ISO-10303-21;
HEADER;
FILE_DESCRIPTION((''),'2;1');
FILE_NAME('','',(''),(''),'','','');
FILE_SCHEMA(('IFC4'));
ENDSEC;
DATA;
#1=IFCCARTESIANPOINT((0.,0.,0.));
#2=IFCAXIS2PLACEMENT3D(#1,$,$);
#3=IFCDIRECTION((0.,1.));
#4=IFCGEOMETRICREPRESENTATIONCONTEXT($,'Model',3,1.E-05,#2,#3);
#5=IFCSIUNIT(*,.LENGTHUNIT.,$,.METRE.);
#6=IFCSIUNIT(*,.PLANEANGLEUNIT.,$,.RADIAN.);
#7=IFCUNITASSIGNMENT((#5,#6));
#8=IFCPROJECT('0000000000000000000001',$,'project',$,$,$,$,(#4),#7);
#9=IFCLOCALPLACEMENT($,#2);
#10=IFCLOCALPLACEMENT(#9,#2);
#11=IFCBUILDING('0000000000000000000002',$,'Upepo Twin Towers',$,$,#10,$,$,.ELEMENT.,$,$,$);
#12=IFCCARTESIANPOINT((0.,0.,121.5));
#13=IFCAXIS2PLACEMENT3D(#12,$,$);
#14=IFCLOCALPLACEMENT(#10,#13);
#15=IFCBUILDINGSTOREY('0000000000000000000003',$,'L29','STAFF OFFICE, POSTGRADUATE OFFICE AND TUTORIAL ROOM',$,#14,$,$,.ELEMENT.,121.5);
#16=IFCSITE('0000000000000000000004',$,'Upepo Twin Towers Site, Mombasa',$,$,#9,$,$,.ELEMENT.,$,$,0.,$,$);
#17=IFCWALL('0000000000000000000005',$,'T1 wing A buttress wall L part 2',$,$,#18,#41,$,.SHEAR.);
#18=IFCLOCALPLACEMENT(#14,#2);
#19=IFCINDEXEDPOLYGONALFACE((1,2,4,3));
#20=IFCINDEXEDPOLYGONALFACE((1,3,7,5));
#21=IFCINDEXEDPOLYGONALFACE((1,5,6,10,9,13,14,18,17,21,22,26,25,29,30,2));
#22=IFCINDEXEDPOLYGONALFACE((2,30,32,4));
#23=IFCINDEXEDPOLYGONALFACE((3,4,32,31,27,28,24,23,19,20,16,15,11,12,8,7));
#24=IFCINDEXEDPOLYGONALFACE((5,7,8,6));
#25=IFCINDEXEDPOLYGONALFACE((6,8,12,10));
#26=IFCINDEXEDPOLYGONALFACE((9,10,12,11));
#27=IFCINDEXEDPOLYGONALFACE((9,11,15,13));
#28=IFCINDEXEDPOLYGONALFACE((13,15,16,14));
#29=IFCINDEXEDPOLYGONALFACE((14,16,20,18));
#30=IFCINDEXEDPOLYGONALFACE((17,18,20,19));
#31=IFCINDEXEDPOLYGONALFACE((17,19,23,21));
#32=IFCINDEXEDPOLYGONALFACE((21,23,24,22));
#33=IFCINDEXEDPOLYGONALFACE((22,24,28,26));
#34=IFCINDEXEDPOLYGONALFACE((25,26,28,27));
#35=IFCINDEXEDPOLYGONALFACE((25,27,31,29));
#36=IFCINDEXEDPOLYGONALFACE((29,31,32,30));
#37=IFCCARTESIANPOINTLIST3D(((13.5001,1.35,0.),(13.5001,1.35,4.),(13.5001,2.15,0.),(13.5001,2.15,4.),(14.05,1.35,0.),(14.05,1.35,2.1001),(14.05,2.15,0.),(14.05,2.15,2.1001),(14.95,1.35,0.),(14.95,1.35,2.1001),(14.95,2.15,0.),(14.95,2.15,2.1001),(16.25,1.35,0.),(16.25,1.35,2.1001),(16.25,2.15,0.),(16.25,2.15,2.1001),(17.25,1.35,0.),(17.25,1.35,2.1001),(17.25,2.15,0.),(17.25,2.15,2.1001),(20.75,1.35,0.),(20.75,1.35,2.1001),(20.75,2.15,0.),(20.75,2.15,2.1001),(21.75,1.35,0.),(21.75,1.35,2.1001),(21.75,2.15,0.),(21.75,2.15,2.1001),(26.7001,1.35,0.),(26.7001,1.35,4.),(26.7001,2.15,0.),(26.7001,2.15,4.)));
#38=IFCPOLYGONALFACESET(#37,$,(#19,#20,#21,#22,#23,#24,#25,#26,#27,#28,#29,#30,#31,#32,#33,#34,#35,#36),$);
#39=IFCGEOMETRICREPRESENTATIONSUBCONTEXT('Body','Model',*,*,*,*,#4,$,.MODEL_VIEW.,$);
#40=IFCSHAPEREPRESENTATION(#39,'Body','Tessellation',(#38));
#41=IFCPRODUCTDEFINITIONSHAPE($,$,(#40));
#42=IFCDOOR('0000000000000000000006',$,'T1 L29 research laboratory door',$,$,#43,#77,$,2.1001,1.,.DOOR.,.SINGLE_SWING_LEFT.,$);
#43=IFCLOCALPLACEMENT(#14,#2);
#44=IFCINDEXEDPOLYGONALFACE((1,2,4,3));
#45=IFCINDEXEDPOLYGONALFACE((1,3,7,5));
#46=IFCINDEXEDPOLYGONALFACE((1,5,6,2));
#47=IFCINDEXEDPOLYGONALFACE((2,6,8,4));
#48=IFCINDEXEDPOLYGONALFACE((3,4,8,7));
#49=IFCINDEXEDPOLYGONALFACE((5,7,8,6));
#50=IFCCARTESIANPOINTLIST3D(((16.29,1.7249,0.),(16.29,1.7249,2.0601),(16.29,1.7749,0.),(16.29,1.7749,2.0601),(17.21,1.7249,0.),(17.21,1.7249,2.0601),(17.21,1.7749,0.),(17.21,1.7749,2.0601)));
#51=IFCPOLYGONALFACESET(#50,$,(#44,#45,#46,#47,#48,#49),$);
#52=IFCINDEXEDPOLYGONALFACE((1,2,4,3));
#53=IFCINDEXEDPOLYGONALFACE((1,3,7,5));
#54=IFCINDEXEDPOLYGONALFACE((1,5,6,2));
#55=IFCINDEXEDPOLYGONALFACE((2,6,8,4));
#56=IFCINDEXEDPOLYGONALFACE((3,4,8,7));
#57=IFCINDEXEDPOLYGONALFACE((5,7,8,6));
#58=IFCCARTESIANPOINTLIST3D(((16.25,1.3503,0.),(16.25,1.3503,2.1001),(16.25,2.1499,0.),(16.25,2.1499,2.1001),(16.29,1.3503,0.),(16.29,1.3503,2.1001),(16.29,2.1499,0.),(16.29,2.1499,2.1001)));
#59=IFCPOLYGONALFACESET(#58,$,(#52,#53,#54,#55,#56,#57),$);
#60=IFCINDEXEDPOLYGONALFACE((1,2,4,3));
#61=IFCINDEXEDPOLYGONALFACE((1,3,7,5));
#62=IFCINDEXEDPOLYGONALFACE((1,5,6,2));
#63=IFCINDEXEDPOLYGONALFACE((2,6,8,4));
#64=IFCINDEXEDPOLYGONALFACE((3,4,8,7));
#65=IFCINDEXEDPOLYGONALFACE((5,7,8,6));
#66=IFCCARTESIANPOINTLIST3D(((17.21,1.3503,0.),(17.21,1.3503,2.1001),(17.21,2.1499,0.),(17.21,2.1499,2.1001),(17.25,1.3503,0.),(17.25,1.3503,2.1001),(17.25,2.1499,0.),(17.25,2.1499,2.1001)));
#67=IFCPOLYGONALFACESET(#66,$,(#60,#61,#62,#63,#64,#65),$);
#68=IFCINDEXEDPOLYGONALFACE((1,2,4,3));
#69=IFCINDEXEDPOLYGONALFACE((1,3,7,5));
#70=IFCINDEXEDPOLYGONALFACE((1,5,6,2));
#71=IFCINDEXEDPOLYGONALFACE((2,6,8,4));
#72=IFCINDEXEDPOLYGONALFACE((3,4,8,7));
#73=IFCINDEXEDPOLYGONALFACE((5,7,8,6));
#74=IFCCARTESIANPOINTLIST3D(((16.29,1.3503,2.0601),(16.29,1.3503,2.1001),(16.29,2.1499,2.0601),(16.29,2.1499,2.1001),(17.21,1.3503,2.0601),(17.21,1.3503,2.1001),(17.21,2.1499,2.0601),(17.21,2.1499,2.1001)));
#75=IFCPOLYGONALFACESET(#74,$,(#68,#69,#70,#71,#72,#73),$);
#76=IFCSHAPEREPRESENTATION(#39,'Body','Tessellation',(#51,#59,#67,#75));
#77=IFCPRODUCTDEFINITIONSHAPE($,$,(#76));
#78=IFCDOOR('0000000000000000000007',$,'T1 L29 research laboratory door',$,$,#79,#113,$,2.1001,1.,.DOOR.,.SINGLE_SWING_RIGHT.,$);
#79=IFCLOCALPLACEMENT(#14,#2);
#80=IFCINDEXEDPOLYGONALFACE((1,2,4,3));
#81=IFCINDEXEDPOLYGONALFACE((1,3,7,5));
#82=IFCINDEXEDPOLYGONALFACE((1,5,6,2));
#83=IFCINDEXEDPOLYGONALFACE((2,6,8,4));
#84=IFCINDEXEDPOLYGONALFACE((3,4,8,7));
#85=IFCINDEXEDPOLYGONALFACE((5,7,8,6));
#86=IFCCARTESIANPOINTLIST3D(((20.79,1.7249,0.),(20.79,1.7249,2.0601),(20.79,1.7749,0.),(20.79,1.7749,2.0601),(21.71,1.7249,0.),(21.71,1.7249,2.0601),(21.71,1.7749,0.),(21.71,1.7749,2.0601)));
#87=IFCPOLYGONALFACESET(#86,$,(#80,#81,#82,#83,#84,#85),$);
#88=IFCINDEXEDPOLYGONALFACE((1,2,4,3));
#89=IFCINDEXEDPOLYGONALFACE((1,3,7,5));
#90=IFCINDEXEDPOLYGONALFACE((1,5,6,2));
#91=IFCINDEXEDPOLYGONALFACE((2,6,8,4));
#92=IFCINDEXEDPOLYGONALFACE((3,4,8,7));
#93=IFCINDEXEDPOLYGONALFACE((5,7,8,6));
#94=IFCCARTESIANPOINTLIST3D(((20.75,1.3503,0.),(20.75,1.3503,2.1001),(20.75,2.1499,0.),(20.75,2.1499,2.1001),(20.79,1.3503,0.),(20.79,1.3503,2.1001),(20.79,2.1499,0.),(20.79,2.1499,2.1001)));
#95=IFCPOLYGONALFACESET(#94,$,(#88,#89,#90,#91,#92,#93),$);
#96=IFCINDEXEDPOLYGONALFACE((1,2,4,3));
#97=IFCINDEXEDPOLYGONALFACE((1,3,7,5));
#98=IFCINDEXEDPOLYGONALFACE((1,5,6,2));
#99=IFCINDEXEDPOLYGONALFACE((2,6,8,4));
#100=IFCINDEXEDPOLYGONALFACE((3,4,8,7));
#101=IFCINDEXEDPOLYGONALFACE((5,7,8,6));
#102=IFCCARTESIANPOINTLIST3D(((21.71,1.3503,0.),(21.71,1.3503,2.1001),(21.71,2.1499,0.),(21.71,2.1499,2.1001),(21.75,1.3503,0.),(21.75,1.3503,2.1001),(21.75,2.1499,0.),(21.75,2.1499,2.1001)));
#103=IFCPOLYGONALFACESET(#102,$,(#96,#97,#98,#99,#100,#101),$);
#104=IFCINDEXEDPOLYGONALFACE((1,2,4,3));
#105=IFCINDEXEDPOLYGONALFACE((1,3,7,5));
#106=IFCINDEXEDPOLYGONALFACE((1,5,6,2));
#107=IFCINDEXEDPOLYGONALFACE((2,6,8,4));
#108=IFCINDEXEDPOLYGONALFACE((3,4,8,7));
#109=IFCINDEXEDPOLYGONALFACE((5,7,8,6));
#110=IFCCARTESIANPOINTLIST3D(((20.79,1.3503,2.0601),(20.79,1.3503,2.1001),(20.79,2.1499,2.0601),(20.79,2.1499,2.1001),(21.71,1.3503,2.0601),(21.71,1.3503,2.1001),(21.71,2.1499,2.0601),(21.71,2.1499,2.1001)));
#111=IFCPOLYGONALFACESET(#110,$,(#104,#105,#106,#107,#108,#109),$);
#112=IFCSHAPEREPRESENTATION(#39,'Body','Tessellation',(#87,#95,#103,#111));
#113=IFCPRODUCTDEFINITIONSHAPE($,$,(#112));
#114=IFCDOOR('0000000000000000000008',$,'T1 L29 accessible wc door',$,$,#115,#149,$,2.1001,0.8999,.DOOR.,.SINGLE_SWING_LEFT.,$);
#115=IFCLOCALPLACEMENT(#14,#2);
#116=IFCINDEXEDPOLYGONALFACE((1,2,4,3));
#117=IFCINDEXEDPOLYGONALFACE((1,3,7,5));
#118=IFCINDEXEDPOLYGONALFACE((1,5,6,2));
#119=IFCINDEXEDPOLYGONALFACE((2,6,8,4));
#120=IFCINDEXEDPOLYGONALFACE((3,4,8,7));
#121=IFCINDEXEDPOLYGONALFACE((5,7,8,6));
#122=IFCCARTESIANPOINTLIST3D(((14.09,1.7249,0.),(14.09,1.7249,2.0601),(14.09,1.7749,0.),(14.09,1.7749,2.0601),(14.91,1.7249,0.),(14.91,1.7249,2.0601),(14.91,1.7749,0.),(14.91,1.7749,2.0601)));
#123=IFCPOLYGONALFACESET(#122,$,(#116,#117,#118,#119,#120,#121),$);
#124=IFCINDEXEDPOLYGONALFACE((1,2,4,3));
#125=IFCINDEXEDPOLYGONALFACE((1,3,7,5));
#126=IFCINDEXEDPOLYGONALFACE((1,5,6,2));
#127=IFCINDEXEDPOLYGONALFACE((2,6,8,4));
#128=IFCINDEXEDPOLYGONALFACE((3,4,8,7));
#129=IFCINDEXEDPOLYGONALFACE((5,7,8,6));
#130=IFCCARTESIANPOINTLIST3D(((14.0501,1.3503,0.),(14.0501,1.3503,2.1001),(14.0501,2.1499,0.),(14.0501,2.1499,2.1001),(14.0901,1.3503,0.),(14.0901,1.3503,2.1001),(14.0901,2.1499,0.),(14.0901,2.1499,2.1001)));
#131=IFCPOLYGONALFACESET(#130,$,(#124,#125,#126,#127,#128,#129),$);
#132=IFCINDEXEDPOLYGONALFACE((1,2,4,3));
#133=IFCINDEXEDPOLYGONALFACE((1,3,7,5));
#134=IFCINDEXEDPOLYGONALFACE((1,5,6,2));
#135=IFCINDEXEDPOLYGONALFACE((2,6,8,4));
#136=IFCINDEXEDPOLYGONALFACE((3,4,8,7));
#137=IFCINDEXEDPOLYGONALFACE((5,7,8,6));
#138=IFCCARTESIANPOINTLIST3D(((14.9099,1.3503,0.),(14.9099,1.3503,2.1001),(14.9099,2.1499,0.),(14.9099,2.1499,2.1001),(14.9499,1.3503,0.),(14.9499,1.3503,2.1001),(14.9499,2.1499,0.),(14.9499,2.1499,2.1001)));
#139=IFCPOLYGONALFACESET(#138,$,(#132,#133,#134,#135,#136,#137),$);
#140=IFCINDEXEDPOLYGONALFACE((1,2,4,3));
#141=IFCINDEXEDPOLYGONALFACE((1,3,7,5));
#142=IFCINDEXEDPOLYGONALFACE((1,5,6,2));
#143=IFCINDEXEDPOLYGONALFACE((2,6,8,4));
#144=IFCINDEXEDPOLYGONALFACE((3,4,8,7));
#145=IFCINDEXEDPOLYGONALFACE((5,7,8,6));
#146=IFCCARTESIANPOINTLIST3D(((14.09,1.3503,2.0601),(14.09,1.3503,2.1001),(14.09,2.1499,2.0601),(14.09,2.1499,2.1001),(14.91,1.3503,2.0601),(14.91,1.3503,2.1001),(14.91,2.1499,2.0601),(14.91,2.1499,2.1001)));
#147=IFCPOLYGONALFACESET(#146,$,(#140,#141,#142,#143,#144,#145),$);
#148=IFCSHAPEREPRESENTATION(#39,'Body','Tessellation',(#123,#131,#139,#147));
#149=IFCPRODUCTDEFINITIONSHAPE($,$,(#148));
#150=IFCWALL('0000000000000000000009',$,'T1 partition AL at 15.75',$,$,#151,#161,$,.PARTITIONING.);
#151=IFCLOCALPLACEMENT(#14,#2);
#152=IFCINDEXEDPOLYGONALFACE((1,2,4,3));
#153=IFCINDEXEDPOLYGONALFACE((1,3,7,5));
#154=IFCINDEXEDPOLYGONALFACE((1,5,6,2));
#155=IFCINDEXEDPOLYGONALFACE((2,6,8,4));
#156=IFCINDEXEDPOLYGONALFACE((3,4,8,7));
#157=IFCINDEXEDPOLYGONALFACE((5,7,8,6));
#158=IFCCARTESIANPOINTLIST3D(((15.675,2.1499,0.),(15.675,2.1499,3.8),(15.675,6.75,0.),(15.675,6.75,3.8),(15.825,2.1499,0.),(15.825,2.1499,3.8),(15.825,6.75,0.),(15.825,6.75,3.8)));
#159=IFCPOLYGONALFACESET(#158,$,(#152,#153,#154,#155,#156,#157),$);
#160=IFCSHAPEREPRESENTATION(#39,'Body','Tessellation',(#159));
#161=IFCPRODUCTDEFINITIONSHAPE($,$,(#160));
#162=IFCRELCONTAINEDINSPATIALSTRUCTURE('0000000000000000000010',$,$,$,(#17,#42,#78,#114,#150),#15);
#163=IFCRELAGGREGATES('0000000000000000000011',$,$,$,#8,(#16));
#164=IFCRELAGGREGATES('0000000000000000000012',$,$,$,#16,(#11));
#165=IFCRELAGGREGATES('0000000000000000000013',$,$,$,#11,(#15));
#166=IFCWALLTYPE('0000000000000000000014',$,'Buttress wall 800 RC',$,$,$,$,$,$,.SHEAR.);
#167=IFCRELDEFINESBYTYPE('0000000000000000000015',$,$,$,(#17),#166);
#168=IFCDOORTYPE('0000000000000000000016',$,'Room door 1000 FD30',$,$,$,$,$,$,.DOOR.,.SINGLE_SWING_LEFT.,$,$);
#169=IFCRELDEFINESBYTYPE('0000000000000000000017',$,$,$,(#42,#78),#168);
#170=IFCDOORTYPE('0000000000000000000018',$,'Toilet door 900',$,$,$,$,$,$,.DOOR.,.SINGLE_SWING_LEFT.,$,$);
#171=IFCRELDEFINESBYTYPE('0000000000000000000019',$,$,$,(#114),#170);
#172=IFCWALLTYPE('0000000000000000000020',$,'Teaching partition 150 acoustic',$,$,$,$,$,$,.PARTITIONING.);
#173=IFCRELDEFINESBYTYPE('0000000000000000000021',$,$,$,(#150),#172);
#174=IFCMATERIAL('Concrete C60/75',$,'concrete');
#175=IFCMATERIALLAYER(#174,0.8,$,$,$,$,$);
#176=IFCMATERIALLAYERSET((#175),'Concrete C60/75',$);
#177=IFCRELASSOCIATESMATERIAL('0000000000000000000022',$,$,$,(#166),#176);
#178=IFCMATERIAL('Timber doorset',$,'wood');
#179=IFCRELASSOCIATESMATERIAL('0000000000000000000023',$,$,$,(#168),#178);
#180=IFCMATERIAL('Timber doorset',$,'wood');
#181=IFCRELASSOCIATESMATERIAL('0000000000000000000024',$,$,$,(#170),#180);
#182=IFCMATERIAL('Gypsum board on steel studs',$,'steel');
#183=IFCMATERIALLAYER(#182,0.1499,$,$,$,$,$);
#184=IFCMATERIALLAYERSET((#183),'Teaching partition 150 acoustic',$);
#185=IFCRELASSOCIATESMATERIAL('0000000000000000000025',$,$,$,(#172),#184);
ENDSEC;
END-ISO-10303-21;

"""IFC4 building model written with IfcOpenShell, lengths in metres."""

from ifc_helpers import new_model, si_unit, direction, frame, frame_2d, origin, place, context, subcontext, project, spatial, rectangle, extrude, material, layer, layer_set, type_object, element, fill, save


model = new_model("IFC4")

# Units and contexts
model_context = context("Model", 3, precision=1e-05, world=origin(), true_north=direction((0.0, 1.0)))
body_context = subcontext(model_context, "Body", "Model", "MODEL_VIEW")
ifc_project = project(units=[si_unit("LENGTHUNIT", "METRE"), si_unit("PLANEANGLEUNIT", "RADIAN")], contexts=[model_context])

# Site, building, storey
site_placement = place(None, origin())
site = spatial("IfcSite", under=ifc_project, at=site_placement, Name="Upepo Twin Towers Site, Mombasa", CompositionType="ELEMENT", RefElevation=0.0)
building_placement = place(site_placement, origin())
building = spatial("IfcBuilding", under=site, at=building_placement, Name="Upepo Twin Towers", CompositionType="ELEMENT")
storey_placement = place(building_placement, frame((0.0, 0.0, 121.5)))
storey = spatial("IfcBuildingStorey", under=building, at=storey_placement, Name="L29", Description="STAFF OFFICE, POSTGRADUATE OFFICE AND TUTORIAL ROOM", CompositionType="ELEMENT", Elevation=121.5)

# Wall, openings, doors
ifc_material_1 = material(Name="Concrete C60/75", Category="concrete")
ifc_layer_1 = layer(ifc_material_1, 0.8)
ifc_layer_set_1 = layer_set([ifc_layer_1], Name="Concrete C60/75")
wall_type_1 = type_object("IfcWallType", Name="Buttress wall 800 RC", PredefinedType="SHEAR", material=ifc_layer_set_1)
wall_1_placement = place(storey_placement, frame((13.5, 1.75, 0.0), z_axis=(0.0, 0.0, 1.0), x_axis=(1.0, 0.0, 0.0)))
wall_1 = element("IfcWall", 1, at=wall_1_placement, inside=storey, type_object=wall_type_1, Name="T1 wing A buttress wall L part 2", PredefinedType="SHEAR", context=body_context, shape_type="SweptSolid", body=[
    extrude(rectangle(XDim=13.2, YDim=0.8, at=frame_2d((6.6001, 0.0))), origin(), (0.0, 0.0, 1.0), 4.0),
])
opening_1_placement = place(wall_1_placement, frame((0.55, 0.0, 0.0)))
opening_1 = element("IfcOpeningElement", 2, at=opening_1_placement, cuts=wall_1, PredefinedType="OPENING", context=body_context, shape_type="SweptSolid", body=[
    extrude(rectangle(XDim=0.8999, YDim=2.1001, at=frame_2d((0.45, 1.05))), frame((0.0, 0.4099, 0.0), z_axis=(0.0, -1.0, 0.0), x_axis=(1.0, 0.0, 0.0)), (0.0, 0.0, 1.0), 0.8201),
])
opening_2_placement = place(wall_1_placement, frame((2.75, 0.0, 0.0)))
opening_2 = element("IfcOpeningElement", 3, at=opening_2_placement, cuts=wall_1, PredefinedType="OPENING", context=body_context, shape_type="SweptSolid", body=[
    extrude(rectangle(XDim=1.0, YDim=2.1001, at=frame_2d((0.5, 1.05))), frame((0.0, 0.4099, 0.0), z_axis=(0.0, -1.0, 0.0), x_axis=(1.0, 0.0, 0.0)), (0.0, 0.0, 1.0), 0.8201),
])
opening_3_placement = place(wall_1_placement, frame((7.25, 0.0, 0.0)))
opening_3 = element("IfcOpeningElement", 4, at=opening_3_placement, cuts=wall_1, PredefinedType="OPENING", context=body_context, shape_type="SweptSolid", body=[
    extrude(rectangle(XDim=1.0, YDim=2.1001, at=frame_2d((0.5, 1.05))), frame((0.0, 0.4099, 0.0), z_axis=(0.0, -1.0, 0.0), x_axis=(1.0, 0.0, 0.0)), (0.0, 0.0, 1.0), 0.8201),
])
ifc_material_2 = material(Name="Timber doorset", Category="wood")
door_type_1 = type_object("IfcDoorType", Name="Room door 1000 FD30", OperationType="SINGLE_SWING_LEFT", PredefinedType="DOOR", material=ifc_material_2)
door_1_placement = place(opening_2_placement, origin())
door_1 = element("IfcDoor", 5, at=door_1_placement, inside=storey, type_object=door_type_1, Name="T1 L29 research laboratory door", OperationType="SINGLE_SWING_LEFT", OverallHeight=2.1001, OverallWidth=1.0, PredefinedType="DOOR", context=body_context, shape_type="SweptSolid", body=[
    extrude(rectangle(XDim=0.92, YDim=2.0601, at=frame_2d((0.5, 1.03))), frame((0.0, 0.0249, 0.0), z_axis=(0.0, -1.0, 0.0), x_axis=(1.0, 0.0, 0.0)), (0.0, 0.0, 1.0), 0.05),
    extrude(rectangle(XDim=0.04, YDim=2.1001, at=frame_2d((0.02, 1.05))), frame((0.0, 0.3999, 0.0), z_axis=(0.0, -1.0, 0.0), x_axis=(1.0, 0.0, 0.0)), (0.0, 0.0, 1.0), 0.7996),
    extrude(rectangle(XDim=0.04, YDim=2.1001, at=frame_2d((0.98, 1.05))), frame((0.0, 0.3999, 0.0), z_axis=(0.0, -1.0, 0.0), x_axis=(1.0, 0.0, 0.0)), (0.0, 0.0, 1.0), 0.7996),
    extrude(rectangle(XDim=0.92, YDim=0.04, at=frame_2d((0.5, 2.0801))), frame((0.0, 0.3999, 0.0), z_axis=(0.0, -1.0, 0.0), x_axis=(1.0, 0.0, 0.0)), (0.0, 0.0, 1.0), 0.7996),
])
fill(opening_2, door_1)
door_2_placement = place(opening_3_placement, origin())
door_2 = element("IfcDoor", 6, at=door_2_placement, inside=storey, type_object=door_type_1, Name="T1 L29 research laboratory door", OperationType="SINGLE_SWING_RIGHT", OverallHeight=2.1001, OverallWidth=1.0, PredefinedType="DOOR", context=body_context, shape_type="SweptSolid", body=[
    extrude(rectangle(XDim=0.92, YDim=2.0601, at=frame_2d((0.5, 1.03))), frame((0.0, 0.0249, 0.0), z_axis=(0.0, -1.0, 0.0), x_axis=(1.0, 0.0, 0.0)), (0.0, 0.0, 1.0), 0.05),
    extrude(rectangle(XDim=0.04, YDim=2.1001, at=frame_2d((0.02, 1.05))), frame((0.0, 0.3999, 0.0), z_axis=(0.0, -1.0, 0.0), x_axis=(1.0, 0.0, 0.0)), (0.0, 0.0, 1.0), 0.7996),
    extrude(rectangle(XDim=0.04, YDim=2.1001, at=frame_2d((0.98, 1.05))), frame((0.0, 0.3999, 0.0), z_axis=(0.0, -1.0, 0.0), x_axis=(1.0, 0.0, 0.0)), (0.0, 0.0, 1.0), 0.7996),
    extrude(rectangle(XDim=0.92, YDim=0.04, at=frame_2d((0.5, 2.0801))), frame((0.0, 0.3999, 0.0), z_axis=(0.0, -1.0, 0.0), x_axis=(1.0, 0.0, 0.0)), (0.0, 0.0, 1.0), 0.7996),
])
fill(opening_3, door_2)
ifc_material_3 = material(Name="Timber doorset", Category="wood")
door_type_2 = type_object("IfcDoorType", Name="Toilet door 900", OperationType="SINGLE_SWING_LEFT", PredefinedType="DOOR", material=ifc_material_3)
door_3_placement = place(opening_1_placement, origin())
door_3 = element("IfcDoor", 7, at=door_3_placement, inside=storey, type_object=door_type_2, Name="T1 L29 accessible wc door", OperationType="SINGLE_SWING_LEFT", OverallHeight=2.1001, OverallWidth=0.8999, PredefinedType="DOOR", context=body_context, shape_type="SweptSolid", body=[
    extrude(rectangle(XDim=0.8199, YDim=2.0601, at=frame_2d((0.45, 1.03))), frame((0.0, 0.0249, 0.0), z_axis=(0.0, -1.0, 0.0), x_axis=(1.0, 0.0, 0.0)), (0.0, 0.0, 1.0), 0.05),
    extrude(rectangle(XDim=0.04, YDim=2.1001, at=frame_2d((0.02, 1.05))), frame((0.0, 0.3999, 0.0), z_axis=(0.0, -1.0, 0.0), x_axis=(1.0, 0.0, 0.0)), (0.0, 0.0, 1.0), 0.7996),
    extrude(rectangle(XDim=0.04, YDim=2.1001, at=frame_2d((0.8799, 1.05))), frame((0.0, 0.3999, 0.0), z_axis=(0.0, -1.0, 0.0), x_axis=(1.0, 0.0, 0.0)), (0.0, 0.0, 1.0), 0.7996),
    extrude(rectangle(XDim=0.8199, YDim=0.04, at=frame_2d((0.45, 2.0801))), frame((0.0, 0.3999, 0.0), z_axis=(0.0, -1.0, 0.0), x_axis=(1.0, 0.0, 0.0)), (0.0, 0.0, 1.0), 0.7996),
])
fill(opening_1, door_3)

# Wall
ifc_material_4 = material(Name="Gypsum board on steel studs", Category="steel")
ifc_layer_2 = layer(ifc_material_4, 0.1499)
ifc_layer_set_2 = layer_set([ifc_layer_2], Name="Teaching partition 150 acoustic")
wall_type_2 = type_object("IfcWallType", Name="Teaching partition 150 acoustic", PredefinedType="PARTITIONING", material=ifc_layer_set_2)
wall_2_placement = place(storey_placement, frame((15.75, 2.1499, 0.0), z_axis=(0.0, 0.0, 1.0), x_axis=(0.0, 1.0, 0.0)))
element("IfcWall", 8, at=wall_2_placement, inside=storey, type_object=wall_type_2, Name="T1 partition AL at 15.75", PredefinedType="PARTITIONING", context=body_context, shape_type="SweptSolid", body=[
    extrude(rectangle(XDim=4.6001, YDim=0.1499, at=frame_2d((2.3, 0.0))), origin(), (0.0, 0.0, 1.0), 3.8),
])

save(model, "model.ifc")
